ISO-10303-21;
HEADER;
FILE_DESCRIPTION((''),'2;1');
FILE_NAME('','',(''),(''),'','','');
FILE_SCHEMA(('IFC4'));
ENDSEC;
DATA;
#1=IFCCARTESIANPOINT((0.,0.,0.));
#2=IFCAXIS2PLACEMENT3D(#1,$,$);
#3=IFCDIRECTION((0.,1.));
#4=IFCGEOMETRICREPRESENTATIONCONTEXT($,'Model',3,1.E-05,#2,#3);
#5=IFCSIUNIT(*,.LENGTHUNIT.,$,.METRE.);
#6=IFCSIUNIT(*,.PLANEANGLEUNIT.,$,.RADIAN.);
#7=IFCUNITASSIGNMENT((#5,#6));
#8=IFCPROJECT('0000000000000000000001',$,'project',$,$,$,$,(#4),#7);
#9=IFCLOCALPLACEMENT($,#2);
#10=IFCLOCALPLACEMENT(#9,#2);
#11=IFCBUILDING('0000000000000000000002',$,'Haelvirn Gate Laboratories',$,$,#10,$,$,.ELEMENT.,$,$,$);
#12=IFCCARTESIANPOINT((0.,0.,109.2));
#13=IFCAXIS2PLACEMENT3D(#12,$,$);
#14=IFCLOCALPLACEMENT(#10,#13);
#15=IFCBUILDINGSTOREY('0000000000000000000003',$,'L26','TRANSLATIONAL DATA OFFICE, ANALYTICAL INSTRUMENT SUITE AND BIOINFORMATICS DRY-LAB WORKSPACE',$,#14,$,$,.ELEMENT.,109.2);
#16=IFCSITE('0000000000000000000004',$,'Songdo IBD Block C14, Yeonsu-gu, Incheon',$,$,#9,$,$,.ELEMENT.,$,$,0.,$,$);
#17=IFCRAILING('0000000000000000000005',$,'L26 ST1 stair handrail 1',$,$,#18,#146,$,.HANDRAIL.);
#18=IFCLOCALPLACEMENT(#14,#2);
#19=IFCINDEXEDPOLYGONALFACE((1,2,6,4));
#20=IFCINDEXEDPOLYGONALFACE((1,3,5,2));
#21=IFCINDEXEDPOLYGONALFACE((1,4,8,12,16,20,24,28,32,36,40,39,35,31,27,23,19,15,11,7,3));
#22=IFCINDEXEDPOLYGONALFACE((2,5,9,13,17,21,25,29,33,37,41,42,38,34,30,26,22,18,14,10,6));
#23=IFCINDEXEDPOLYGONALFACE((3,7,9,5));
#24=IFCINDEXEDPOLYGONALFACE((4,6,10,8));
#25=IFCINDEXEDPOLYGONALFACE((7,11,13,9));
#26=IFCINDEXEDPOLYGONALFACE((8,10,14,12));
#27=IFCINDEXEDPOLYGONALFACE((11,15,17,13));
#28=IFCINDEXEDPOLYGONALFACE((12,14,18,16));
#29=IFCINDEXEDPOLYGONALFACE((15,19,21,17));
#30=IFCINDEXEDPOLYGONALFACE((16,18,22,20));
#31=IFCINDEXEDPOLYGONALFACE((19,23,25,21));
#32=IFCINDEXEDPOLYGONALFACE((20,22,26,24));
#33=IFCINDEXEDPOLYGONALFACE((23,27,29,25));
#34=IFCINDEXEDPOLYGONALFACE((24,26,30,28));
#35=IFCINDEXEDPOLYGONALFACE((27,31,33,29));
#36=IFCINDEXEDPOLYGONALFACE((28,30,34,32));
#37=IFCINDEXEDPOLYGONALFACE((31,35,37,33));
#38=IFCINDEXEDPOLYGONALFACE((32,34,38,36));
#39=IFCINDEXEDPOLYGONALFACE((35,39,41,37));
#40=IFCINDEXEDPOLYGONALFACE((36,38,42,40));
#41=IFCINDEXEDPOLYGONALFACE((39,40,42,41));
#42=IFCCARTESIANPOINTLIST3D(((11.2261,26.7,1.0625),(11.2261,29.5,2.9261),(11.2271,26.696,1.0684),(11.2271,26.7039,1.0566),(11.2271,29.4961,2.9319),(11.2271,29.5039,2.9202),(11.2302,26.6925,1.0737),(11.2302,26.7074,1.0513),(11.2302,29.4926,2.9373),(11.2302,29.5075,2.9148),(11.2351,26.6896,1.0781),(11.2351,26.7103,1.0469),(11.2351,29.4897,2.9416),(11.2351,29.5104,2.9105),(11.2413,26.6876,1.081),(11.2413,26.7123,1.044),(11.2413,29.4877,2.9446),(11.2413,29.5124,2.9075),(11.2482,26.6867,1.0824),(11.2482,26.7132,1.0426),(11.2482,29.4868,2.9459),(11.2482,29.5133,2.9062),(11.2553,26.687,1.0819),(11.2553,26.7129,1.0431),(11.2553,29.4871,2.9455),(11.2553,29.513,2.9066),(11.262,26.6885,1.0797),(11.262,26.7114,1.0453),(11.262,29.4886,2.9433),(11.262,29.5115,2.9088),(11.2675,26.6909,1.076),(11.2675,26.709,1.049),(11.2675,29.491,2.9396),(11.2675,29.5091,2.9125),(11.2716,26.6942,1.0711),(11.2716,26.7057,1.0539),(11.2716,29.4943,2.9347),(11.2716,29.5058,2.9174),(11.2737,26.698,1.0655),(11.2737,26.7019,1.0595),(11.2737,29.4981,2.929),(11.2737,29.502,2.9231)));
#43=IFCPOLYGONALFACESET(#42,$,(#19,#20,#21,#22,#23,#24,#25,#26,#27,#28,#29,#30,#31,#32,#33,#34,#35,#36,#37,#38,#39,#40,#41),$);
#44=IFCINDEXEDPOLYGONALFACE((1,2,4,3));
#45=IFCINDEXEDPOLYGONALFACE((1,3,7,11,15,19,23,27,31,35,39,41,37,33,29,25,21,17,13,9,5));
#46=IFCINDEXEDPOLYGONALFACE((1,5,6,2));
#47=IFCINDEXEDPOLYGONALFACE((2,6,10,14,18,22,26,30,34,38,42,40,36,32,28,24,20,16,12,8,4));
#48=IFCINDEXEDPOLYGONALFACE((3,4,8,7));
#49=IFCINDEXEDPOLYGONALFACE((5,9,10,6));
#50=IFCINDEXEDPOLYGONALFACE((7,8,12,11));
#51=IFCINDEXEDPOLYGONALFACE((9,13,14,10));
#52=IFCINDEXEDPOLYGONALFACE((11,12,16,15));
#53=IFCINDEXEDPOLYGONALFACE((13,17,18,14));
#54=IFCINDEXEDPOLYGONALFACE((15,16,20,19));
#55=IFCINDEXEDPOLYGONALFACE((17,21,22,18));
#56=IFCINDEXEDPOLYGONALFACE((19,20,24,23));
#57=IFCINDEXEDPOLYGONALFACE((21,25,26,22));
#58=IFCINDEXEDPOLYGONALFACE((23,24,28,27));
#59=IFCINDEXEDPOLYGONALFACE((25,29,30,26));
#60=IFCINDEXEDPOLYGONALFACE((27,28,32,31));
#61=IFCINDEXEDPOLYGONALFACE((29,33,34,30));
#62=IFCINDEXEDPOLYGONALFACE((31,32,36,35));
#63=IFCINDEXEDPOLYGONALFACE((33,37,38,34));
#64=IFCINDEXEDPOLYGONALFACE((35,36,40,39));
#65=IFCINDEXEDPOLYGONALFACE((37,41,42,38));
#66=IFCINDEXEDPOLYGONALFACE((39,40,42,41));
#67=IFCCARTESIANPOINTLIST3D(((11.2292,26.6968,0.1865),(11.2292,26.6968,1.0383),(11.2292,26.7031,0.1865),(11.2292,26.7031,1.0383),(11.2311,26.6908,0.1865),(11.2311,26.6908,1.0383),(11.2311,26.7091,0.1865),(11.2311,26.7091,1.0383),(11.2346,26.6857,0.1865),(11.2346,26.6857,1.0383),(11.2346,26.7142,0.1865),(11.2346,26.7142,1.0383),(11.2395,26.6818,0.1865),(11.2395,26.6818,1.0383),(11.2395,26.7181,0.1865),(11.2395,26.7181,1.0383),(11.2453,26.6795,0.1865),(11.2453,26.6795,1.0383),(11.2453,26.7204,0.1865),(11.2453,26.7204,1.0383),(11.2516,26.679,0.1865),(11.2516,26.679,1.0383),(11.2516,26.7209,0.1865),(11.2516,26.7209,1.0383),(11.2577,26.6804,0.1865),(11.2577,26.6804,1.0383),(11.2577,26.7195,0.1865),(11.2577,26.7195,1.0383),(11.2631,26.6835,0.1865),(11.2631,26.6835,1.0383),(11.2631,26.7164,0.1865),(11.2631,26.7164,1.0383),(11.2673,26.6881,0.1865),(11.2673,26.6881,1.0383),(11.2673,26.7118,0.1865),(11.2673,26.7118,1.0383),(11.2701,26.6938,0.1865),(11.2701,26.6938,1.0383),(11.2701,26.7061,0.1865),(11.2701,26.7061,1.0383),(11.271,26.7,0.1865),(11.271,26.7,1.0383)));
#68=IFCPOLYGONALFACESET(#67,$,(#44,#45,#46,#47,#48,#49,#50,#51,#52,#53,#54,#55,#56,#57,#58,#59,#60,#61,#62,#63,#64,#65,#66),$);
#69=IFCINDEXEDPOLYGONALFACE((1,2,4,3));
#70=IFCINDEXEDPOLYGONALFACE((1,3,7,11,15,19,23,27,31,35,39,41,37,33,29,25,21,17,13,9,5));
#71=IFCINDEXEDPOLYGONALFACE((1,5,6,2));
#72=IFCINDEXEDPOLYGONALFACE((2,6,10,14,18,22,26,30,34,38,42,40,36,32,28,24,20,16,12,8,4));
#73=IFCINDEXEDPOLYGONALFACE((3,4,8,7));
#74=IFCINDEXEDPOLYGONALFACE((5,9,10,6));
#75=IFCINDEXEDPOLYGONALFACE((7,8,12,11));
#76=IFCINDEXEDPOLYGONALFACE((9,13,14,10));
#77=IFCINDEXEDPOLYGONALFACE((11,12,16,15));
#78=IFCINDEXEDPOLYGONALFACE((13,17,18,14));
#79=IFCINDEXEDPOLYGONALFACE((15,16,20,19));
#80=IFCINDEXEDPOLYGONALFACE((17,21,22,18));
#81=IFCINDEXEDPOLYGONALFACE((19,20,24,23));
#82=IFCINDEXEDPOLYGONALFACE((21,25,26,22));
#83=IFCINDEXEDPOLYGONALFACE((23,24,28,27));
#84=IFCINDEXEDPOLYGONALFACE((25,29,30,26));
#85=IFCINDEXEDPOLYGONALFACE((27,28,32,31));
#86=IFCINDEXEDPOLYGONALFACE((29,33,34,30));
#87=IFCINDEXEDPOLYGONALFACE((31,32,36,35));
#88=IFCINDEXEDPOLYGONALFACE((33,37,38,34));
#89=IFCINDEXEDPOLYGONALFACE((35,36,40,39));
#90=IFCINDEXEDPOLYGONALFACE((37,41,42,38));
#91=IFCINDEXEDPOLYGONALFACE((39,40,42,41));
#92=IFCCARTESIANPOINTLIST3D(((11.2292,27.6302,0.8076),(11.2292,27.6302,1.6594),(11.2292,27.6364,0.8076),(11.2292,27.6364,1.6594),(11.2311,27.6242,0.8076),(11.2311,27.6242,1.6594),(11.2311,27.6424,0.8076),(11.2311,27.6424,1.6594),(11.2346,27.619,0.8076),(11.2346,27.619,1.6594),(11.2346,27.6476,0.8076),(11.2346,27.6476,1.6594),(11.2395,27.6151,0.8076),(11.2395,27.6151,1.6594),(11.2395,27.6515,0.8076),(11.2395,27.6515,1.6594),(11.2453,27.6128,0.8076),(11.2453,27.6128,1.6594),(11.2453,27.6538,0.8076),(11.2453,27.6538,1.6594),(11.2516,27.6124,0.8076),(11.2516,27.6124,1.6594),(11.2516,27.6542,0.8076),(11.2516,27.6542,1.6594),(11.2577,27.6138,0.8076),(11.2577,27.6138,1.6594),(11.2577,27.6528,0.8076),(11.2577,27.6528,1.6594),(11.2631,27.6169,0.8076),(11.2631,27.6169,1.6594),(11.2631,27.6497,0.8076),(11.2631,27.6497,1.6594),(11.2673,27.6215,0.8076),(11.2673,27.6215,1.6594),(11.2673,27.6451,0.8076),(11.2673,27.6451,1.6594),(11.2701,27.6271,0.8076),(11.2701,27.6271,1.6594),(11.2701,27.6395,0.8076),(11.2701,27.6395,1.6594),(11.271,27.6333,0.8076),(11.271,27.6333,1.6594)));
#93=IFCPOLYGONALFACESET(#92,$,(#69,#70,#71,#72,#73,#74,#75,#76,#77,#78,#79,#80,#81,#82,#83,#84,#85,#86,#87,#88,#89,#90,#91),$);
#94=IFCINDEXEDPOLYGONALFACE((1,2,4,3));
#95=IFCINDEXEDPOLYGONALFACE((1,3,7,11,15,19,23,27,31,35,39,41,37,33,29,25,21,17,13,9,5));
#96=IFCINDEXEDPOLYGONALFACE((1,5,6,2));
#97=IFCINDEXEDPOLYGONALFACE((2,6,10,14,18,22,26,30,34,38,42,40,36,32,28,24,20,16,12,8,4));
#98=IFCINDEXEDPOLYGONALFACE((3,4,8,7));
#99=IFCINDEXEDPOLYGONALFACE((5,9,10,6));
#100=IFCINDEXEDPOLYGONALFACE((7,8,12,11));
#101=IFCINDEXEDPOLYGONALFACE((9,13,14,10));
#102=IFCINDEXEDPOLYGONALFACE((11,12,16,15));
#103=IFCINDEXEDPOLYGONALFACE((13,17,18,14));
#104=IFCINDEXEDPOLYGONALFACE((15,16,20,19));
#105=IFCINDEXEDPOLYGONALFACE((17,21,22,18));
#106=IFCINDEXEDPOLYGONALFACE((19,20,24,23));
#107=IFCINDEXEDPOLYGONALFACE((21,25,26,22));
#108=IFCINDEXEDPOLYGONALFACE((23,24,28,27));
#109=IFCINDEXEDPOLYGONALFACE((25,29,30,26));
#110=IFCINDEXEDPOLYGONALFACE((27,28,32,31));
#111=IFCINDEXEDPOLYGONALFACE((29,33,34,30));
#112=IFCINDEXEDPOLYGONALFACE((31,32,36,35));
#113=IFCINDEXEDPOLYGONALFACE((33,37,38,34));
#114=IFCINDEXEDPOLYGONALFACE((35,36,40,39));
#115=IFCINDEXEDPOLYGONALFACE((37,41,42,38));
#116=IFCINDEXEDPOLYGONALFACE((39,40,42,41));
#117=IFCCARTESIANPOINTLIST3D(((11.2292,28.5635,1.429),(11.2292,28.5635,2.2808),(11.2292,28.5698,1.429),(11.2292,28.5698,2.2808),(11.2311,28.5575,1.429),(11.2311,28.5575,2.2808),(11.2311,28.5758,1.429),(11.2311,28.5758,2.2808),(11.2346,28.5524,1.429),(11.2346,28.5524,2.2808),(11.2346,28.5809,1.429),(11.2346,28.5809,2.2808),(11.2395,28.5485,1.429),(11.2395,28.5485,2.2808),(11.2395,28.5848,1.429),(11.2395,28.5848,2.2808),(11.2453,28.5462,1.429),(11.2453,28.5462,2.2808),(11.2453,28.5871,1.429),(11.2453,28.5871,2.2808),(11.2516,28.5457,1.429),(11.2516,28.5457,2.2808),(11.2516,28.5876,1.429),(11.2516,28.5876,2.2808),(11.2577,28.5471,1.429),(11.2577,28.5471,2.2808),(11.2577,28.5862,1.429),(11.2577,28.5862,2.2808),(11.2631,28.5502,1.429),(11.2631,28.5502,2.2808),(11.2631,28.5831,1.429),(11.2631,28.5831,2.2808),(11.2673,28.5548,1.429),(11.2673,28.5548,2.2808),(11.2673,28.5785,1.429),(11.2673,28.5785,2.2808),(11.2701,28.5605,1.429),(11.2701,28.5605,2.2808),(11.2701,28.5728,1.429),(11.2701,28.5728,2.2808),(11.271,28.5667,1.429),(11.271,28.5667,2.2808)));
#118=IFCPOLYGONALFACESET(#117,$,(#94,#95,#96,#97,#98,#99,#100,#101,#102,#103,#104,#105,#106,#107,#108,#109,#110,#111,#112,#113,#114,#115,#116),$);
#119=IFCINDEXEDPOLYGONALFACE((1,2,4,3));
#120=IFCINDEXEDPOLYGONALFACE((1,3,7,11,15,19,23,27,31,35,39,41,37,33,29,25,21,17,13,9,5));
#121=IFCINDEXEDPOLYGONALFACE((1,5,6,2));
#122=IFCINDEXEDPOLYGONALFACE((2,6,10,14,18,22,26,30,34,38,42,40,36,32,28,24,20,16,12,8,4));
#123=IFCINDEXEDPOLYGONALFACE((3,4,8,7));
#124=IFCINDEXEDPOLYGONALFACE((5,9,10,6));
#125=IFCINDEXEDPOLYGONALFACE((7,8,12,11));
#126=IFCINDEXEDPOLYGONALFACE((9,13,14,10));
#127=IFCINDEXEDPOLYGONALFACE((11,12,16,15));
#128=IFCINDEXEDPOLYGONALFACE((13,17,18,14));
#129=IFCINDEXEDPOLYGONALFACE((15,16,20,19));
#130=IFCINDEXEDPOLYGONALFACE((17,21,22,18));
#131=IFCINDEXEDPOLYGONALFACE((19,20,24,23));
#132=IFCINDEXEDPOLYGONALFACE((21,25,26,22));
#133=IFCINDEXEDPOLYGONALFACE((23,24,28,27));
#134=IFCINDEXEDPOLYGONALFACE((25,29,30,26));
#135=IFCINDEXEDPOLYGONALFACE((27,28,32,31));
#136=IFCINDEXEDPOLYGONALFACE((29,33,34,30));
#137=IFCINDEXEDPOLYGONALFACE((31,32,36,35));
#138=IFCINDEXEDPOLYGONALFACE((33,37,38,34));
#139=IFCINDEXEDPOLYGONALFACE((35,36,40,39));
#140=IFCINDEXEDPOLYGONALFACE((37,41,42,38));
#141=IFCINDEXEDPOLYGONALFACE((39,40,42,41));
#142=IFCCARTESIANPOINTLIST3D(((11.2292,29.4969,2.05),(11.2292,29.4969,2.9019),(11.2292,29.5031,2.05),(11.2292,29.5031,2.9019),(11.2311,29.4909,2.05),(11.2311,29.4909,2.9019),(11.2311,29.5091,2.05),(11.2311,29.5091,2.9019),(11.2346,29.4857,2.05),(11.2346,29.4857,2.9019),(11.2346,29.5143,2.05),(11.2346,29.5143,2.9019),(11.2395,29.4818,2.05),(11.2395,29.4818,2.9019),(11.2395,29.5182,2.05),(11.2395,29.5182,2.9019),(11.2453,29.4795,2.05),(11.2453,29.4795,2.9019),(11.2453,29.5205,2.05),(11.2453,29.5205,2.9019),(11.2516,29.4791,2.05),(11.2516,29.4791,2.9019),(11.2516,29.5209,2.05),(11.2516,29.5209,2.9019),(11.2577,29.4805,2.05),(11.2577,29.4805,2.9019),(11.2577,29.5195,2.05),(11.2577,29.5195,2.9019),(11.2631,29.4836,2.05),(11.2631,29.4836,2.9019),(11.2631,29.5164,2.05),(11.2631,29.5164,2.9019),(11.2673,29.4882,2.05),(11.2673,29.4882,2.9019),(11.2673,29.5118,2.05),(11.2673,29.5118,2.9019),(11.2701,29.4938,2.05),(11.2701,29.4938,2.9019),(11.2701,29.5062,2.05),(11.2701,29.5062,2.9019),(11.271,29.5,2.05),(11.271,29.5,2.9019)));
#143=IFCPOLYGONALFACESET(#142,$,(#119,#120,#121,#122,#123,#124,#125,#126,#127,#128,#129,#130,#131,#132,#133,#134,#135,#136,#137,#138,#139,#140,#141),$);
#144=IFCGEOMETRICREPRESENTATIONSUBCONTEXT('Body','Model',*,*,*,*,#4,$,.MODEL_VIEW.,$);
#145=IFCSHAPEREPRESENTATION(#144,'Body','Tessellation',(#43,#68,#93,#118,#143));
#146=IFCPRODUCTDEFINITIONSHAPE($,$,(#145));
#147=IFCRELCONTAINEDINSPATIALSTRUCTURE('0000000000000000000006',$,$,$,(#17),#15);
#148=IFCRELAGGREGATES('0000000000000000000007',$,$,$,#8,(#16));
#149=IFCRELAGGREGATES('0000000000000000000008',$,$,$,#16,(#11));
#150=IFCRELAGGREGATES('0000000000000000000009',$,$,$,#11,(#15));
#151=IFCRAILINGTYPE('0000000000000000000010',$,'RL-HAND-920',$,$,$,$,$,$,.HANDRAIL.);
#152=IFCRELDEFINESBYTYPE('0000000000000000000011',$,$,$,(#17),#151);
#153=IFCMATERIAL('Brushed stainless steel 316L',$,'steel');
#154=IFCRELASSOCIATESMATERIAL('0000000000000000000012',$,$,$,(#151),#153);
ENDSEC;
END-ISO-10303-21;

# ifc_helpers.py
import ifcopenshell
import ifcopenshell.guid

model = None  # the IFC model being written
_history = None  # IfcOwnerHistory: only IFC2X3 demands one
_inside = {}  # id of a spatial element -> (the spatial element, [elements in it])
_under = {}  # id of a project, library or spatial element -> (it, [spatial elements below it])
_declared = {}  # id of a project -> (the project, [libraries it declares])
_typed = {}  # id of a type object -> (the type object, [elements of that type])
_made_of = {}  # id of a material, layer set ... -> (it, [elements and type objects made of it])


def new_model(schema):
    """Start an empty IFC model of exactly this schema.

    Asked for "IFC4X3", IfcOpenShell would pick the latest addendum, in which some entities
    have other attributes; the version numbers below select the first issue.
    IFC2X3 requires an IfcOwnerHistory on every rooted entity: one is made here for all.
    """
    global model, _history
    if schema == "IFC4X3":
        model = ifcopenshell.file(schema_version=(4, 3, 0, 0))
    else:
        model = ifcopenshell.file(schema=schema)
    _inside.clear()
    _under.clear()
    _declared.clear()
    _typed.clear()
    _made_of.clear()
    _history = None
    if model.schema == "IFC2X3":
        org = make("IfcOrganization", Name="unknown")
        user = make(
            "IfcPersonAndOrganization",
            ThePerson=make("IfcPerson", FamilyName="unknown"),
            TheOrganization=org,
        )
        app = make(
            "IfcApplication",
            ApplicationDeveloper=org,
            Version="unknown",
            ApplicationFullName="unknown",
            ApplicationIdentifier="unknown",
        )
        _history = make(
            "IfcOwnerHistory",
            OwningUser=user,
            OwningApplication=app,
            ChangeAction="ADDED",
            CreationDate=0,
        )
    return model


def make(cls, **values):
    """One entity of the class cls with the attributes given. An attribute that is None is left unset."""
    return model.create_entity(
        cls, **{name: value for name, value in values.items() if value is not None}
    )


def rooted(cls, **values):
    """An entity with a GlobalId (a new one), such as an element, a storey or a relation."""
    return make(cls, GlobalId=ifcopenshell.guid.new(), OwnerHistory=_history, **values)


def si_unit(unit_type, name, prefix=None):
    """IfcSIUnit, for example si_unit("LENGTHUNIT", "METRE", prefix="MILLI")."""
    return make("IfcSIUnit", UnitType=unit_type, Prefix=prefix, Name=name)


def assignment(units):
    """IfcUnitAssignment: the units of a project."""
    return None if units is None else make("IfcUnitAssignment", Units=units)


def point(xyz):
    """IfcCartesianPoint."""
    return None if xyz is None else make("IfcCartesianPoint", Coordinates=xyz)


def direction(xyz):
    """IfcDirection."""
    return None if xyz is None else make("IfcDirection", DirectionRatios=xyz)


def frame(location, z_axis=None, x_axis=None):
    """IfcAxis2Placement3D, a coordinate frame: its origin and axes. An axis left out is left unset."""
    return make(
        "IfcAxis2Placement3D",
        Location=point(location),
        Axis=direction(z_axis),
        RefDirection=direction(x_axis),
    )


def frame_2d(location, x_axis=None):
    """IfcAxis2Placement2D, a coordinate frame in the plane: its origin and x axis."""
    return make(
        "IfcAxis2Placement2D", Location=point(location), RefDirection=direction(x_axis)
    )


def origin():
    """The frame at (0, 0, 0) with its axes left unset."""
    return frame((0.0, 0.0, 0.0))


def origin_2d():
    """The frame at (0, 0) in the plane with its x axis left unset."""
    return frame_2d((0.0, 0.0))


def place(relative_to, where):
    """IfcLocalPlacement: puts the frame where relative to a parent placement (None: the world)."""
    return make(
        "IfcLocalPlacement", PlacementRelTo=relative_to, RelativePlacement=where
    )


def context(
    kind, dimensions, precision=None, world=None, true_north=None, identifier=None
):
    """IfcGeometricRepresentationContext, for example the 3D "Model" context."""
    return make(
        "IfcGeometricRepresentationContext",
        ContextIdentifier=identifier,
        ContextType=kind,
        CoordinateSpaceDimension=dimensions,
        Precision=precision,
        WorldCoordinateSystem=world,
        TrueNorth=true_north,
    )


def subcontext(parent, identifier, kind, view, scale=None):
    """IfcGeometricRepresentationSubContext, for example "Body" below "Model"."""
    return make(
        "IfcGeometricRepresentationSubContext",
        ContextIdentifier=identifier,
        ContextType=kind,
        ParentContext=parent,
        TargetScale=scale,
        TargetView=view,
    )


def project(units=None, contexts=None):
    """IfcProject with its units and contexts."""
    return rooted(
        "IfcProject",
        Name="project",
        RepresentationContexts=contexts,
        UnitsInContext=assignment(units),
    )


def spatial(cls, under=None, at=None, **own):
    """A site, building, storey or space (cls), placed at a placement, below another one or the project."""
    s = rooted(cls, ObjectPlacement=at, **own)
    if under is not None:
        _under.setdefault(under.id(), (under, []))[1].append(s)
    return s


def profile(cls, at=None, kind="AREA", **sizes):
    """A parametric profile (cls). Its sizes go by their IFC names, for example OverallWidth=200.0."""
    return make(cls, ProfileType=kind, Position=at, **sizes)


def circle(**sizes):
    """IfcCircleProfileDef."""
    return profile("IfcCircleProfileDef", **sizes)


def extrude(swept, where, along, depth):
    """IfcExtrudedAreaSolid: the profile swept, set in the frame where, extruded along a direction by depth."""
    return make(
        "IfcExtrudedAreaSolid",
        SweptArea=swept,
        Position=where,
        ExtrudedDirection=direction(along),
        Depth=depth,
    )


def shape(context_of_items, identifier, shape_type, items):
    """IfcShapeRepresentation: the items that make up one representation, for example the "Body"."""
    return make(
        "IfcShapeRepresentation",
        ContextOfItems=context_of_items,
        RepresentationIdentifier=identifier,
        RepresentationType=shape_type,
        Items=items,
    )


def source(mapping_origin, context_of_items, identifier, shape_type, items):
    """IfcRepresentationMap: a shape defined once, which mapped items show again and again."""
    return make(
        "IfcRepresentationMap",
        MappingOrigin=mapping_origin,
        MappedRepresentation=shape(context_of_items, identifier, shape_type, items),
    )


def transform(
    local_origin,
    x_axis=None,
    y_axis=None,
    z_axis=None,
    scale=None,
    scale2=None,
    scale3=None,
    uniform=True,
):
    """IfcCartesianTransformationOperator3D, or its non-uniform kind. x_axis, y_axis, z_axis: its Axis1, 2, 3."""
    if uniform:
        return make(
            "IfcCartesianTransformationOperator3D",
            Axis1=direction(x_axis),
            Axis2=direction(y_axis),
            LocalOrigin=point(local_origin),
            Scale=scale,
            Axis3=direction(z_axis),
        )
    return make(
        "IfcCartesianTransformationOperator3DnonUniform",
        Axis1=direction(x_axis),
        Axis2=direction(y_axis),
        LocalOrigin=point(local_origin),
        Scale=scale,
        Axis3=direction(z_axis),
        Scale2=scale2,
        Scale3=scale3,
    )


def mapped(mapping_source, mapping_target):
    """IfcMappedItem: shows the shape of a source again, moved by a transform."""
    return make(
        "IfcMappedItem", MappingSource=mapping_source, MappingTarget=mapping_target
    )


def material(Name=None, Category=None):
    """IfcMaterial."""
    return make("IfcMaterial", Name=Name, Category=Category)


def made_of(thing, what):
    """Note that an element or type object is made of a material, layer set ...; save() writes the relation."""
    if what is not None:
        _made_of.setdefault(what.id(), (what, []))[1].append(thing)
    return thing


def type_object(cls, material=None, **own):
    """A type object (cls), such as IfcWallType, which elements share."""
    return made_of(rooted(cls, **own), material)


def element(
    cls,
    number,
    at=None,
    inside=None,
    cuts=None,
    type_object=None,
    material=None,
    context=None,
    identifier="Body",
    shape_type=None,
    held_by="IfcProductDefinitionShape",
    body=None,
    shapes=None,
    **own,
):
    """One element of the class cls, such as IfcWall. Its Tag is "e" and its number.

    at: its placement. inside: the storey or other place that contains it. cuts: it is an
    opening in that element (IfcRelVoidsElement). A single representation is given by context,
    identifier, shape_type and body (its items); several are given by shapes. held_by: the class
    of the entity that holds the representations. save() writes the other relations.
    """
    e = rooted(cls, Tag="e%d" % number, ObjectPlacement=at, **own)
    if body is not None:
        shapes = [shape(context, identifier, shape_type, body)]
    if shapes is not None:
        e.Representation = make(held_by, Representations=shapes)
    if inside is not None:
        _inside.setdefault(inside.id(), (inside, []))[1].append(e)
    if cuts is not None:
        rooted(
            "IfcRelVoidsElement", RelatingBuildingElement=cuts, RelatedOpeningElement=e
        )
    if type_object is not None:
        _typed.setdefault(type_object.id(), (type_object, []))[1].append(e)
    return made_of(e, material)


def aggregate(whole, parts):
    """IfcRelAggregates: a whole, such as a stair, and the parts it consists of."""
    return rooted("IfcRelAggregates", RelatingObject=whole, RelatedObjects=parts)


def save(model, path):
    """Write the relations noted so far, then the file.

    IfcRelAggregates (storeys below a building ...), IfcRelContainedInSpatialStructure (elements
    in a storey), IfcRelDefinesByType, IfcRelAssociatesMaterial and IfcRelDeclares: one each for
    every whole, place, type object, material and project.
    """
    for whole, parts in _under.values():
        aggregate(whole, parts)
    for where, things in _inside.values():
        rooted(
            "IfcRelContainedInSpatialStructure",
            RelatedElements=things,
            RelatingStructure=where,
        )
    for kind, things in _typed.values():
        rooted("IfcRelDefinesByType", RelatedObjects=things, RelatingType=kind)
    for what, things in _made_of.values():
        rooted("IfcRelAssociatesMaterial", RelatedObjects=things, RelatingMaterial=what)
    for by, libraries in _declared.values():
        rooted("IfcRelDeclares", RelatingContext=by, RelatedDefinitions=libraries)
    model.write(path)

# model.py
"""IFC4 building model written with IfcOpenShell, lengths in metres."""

from ifc_helpers import new_model, si_unit, direction, frame, origin, origin_2d, place, context, subcontext, project, spatial, circle, extrude, source, transform, mapped, material, type_object, element, save


model = new_model("IFC4")

# Units and contexts
model_context = context("Model", 3, precision=1e-05, world=origin(), true_north=direction((0.0, 1.0)))
body_context = subcontext(model_context, "Body", "Model", "MODEL_VIEW")
ifc_project = project(units=[si_unit("LENGTHUNIT", "METRE"), si_unit("PLANEANGLEUNIT", "RADIAN")], contexts=[model_context])

# Site, building, storey
site_placement = place(None, origin())
site = spatial("IfcSite", under=ifc_project, at=site_placement, Name="Songdo IBD Block C14, Yeonsu-gu, Incheon", CompositionType="ELEMENT", RefElevation=0.0)
building_placement = place(site_placement, origin())
building = spatial("IfcBuilding", under=site, at=building_placement, Name="Haelvirn Gate Laboratories", CompositionType="ELEMENT")
storey_placement = place(building_placement, frame((0.0, 0.0, 109.2)))
storey = spatial("IfcBuildingStorey", under=building, at=storey_placement, Name="L26", Description="TRANSLATIONAL DATA OFFICE, ANALYTICAL INSTRUMENT SUITE AND BIOINFORMATICS DRY-LAB WORKSPACE", CompositionType="ELEMENT", Elevation=109.2)

# Railing
ifc_material_1 = material(Name="Brushed stainless steel 316L", Category="steel")
railing_type_1 = type_object("IfcRailingType", Name="RL-HAND-920", PredefinedType="HANDRAIL", material=ifc_material_1)
shared_shape_1 = source(origin(), body_context, "Body", "SweptSolid", [
    extrude(circle(Radius=0.0239, at=origin_2d()), frame((0.0, 0.0, 0.876), z_axis=(0.0, 0.832486, 0.554047), x_axis=(-1.0, 0.0, 0.0)), (0.0, 0.0, 1.0), 3.3635),
    extrude(circle(Radius=0.021, at=origin_2d()), origin(), (0.0, 0.0, 1.0), 0.8518),
    extrude(circle(Radius=0.021, at=origin_2d()), frame((0.0, 0.9333, 0.6211)), (0.0, 0.0, 1.0), 0.8518),
    extrude(circle(Radius=0.021, at=origin_2d()), frame((0.0, 1.8667, 1.2424)), (0.0, 0.0, 1.0), 0.8518),
    extrude(circle(Radius=0.021, at=origin_2d()), frame((0.0, 2.8, 1.8635)), (0.0, 0.0, 1.0), 0.8518),
])
railing_1_placement = place(storey_placement, frame((11.25, 26.7, 0.1865)))
element("IfcRailing", 1, at=railing_1_placement, inside=storey, type_object=railing_type_1, Name="L26 ST1 stair handrail 1", PredefinedType="HANDRAIL", context=body_context, shape_type="MappedRepresentation", body=[
    mapped(shared_shape_1, transform((0.0, 0.0, 0.0), scale=1.0)),
])

save(model, "model.ifc")
